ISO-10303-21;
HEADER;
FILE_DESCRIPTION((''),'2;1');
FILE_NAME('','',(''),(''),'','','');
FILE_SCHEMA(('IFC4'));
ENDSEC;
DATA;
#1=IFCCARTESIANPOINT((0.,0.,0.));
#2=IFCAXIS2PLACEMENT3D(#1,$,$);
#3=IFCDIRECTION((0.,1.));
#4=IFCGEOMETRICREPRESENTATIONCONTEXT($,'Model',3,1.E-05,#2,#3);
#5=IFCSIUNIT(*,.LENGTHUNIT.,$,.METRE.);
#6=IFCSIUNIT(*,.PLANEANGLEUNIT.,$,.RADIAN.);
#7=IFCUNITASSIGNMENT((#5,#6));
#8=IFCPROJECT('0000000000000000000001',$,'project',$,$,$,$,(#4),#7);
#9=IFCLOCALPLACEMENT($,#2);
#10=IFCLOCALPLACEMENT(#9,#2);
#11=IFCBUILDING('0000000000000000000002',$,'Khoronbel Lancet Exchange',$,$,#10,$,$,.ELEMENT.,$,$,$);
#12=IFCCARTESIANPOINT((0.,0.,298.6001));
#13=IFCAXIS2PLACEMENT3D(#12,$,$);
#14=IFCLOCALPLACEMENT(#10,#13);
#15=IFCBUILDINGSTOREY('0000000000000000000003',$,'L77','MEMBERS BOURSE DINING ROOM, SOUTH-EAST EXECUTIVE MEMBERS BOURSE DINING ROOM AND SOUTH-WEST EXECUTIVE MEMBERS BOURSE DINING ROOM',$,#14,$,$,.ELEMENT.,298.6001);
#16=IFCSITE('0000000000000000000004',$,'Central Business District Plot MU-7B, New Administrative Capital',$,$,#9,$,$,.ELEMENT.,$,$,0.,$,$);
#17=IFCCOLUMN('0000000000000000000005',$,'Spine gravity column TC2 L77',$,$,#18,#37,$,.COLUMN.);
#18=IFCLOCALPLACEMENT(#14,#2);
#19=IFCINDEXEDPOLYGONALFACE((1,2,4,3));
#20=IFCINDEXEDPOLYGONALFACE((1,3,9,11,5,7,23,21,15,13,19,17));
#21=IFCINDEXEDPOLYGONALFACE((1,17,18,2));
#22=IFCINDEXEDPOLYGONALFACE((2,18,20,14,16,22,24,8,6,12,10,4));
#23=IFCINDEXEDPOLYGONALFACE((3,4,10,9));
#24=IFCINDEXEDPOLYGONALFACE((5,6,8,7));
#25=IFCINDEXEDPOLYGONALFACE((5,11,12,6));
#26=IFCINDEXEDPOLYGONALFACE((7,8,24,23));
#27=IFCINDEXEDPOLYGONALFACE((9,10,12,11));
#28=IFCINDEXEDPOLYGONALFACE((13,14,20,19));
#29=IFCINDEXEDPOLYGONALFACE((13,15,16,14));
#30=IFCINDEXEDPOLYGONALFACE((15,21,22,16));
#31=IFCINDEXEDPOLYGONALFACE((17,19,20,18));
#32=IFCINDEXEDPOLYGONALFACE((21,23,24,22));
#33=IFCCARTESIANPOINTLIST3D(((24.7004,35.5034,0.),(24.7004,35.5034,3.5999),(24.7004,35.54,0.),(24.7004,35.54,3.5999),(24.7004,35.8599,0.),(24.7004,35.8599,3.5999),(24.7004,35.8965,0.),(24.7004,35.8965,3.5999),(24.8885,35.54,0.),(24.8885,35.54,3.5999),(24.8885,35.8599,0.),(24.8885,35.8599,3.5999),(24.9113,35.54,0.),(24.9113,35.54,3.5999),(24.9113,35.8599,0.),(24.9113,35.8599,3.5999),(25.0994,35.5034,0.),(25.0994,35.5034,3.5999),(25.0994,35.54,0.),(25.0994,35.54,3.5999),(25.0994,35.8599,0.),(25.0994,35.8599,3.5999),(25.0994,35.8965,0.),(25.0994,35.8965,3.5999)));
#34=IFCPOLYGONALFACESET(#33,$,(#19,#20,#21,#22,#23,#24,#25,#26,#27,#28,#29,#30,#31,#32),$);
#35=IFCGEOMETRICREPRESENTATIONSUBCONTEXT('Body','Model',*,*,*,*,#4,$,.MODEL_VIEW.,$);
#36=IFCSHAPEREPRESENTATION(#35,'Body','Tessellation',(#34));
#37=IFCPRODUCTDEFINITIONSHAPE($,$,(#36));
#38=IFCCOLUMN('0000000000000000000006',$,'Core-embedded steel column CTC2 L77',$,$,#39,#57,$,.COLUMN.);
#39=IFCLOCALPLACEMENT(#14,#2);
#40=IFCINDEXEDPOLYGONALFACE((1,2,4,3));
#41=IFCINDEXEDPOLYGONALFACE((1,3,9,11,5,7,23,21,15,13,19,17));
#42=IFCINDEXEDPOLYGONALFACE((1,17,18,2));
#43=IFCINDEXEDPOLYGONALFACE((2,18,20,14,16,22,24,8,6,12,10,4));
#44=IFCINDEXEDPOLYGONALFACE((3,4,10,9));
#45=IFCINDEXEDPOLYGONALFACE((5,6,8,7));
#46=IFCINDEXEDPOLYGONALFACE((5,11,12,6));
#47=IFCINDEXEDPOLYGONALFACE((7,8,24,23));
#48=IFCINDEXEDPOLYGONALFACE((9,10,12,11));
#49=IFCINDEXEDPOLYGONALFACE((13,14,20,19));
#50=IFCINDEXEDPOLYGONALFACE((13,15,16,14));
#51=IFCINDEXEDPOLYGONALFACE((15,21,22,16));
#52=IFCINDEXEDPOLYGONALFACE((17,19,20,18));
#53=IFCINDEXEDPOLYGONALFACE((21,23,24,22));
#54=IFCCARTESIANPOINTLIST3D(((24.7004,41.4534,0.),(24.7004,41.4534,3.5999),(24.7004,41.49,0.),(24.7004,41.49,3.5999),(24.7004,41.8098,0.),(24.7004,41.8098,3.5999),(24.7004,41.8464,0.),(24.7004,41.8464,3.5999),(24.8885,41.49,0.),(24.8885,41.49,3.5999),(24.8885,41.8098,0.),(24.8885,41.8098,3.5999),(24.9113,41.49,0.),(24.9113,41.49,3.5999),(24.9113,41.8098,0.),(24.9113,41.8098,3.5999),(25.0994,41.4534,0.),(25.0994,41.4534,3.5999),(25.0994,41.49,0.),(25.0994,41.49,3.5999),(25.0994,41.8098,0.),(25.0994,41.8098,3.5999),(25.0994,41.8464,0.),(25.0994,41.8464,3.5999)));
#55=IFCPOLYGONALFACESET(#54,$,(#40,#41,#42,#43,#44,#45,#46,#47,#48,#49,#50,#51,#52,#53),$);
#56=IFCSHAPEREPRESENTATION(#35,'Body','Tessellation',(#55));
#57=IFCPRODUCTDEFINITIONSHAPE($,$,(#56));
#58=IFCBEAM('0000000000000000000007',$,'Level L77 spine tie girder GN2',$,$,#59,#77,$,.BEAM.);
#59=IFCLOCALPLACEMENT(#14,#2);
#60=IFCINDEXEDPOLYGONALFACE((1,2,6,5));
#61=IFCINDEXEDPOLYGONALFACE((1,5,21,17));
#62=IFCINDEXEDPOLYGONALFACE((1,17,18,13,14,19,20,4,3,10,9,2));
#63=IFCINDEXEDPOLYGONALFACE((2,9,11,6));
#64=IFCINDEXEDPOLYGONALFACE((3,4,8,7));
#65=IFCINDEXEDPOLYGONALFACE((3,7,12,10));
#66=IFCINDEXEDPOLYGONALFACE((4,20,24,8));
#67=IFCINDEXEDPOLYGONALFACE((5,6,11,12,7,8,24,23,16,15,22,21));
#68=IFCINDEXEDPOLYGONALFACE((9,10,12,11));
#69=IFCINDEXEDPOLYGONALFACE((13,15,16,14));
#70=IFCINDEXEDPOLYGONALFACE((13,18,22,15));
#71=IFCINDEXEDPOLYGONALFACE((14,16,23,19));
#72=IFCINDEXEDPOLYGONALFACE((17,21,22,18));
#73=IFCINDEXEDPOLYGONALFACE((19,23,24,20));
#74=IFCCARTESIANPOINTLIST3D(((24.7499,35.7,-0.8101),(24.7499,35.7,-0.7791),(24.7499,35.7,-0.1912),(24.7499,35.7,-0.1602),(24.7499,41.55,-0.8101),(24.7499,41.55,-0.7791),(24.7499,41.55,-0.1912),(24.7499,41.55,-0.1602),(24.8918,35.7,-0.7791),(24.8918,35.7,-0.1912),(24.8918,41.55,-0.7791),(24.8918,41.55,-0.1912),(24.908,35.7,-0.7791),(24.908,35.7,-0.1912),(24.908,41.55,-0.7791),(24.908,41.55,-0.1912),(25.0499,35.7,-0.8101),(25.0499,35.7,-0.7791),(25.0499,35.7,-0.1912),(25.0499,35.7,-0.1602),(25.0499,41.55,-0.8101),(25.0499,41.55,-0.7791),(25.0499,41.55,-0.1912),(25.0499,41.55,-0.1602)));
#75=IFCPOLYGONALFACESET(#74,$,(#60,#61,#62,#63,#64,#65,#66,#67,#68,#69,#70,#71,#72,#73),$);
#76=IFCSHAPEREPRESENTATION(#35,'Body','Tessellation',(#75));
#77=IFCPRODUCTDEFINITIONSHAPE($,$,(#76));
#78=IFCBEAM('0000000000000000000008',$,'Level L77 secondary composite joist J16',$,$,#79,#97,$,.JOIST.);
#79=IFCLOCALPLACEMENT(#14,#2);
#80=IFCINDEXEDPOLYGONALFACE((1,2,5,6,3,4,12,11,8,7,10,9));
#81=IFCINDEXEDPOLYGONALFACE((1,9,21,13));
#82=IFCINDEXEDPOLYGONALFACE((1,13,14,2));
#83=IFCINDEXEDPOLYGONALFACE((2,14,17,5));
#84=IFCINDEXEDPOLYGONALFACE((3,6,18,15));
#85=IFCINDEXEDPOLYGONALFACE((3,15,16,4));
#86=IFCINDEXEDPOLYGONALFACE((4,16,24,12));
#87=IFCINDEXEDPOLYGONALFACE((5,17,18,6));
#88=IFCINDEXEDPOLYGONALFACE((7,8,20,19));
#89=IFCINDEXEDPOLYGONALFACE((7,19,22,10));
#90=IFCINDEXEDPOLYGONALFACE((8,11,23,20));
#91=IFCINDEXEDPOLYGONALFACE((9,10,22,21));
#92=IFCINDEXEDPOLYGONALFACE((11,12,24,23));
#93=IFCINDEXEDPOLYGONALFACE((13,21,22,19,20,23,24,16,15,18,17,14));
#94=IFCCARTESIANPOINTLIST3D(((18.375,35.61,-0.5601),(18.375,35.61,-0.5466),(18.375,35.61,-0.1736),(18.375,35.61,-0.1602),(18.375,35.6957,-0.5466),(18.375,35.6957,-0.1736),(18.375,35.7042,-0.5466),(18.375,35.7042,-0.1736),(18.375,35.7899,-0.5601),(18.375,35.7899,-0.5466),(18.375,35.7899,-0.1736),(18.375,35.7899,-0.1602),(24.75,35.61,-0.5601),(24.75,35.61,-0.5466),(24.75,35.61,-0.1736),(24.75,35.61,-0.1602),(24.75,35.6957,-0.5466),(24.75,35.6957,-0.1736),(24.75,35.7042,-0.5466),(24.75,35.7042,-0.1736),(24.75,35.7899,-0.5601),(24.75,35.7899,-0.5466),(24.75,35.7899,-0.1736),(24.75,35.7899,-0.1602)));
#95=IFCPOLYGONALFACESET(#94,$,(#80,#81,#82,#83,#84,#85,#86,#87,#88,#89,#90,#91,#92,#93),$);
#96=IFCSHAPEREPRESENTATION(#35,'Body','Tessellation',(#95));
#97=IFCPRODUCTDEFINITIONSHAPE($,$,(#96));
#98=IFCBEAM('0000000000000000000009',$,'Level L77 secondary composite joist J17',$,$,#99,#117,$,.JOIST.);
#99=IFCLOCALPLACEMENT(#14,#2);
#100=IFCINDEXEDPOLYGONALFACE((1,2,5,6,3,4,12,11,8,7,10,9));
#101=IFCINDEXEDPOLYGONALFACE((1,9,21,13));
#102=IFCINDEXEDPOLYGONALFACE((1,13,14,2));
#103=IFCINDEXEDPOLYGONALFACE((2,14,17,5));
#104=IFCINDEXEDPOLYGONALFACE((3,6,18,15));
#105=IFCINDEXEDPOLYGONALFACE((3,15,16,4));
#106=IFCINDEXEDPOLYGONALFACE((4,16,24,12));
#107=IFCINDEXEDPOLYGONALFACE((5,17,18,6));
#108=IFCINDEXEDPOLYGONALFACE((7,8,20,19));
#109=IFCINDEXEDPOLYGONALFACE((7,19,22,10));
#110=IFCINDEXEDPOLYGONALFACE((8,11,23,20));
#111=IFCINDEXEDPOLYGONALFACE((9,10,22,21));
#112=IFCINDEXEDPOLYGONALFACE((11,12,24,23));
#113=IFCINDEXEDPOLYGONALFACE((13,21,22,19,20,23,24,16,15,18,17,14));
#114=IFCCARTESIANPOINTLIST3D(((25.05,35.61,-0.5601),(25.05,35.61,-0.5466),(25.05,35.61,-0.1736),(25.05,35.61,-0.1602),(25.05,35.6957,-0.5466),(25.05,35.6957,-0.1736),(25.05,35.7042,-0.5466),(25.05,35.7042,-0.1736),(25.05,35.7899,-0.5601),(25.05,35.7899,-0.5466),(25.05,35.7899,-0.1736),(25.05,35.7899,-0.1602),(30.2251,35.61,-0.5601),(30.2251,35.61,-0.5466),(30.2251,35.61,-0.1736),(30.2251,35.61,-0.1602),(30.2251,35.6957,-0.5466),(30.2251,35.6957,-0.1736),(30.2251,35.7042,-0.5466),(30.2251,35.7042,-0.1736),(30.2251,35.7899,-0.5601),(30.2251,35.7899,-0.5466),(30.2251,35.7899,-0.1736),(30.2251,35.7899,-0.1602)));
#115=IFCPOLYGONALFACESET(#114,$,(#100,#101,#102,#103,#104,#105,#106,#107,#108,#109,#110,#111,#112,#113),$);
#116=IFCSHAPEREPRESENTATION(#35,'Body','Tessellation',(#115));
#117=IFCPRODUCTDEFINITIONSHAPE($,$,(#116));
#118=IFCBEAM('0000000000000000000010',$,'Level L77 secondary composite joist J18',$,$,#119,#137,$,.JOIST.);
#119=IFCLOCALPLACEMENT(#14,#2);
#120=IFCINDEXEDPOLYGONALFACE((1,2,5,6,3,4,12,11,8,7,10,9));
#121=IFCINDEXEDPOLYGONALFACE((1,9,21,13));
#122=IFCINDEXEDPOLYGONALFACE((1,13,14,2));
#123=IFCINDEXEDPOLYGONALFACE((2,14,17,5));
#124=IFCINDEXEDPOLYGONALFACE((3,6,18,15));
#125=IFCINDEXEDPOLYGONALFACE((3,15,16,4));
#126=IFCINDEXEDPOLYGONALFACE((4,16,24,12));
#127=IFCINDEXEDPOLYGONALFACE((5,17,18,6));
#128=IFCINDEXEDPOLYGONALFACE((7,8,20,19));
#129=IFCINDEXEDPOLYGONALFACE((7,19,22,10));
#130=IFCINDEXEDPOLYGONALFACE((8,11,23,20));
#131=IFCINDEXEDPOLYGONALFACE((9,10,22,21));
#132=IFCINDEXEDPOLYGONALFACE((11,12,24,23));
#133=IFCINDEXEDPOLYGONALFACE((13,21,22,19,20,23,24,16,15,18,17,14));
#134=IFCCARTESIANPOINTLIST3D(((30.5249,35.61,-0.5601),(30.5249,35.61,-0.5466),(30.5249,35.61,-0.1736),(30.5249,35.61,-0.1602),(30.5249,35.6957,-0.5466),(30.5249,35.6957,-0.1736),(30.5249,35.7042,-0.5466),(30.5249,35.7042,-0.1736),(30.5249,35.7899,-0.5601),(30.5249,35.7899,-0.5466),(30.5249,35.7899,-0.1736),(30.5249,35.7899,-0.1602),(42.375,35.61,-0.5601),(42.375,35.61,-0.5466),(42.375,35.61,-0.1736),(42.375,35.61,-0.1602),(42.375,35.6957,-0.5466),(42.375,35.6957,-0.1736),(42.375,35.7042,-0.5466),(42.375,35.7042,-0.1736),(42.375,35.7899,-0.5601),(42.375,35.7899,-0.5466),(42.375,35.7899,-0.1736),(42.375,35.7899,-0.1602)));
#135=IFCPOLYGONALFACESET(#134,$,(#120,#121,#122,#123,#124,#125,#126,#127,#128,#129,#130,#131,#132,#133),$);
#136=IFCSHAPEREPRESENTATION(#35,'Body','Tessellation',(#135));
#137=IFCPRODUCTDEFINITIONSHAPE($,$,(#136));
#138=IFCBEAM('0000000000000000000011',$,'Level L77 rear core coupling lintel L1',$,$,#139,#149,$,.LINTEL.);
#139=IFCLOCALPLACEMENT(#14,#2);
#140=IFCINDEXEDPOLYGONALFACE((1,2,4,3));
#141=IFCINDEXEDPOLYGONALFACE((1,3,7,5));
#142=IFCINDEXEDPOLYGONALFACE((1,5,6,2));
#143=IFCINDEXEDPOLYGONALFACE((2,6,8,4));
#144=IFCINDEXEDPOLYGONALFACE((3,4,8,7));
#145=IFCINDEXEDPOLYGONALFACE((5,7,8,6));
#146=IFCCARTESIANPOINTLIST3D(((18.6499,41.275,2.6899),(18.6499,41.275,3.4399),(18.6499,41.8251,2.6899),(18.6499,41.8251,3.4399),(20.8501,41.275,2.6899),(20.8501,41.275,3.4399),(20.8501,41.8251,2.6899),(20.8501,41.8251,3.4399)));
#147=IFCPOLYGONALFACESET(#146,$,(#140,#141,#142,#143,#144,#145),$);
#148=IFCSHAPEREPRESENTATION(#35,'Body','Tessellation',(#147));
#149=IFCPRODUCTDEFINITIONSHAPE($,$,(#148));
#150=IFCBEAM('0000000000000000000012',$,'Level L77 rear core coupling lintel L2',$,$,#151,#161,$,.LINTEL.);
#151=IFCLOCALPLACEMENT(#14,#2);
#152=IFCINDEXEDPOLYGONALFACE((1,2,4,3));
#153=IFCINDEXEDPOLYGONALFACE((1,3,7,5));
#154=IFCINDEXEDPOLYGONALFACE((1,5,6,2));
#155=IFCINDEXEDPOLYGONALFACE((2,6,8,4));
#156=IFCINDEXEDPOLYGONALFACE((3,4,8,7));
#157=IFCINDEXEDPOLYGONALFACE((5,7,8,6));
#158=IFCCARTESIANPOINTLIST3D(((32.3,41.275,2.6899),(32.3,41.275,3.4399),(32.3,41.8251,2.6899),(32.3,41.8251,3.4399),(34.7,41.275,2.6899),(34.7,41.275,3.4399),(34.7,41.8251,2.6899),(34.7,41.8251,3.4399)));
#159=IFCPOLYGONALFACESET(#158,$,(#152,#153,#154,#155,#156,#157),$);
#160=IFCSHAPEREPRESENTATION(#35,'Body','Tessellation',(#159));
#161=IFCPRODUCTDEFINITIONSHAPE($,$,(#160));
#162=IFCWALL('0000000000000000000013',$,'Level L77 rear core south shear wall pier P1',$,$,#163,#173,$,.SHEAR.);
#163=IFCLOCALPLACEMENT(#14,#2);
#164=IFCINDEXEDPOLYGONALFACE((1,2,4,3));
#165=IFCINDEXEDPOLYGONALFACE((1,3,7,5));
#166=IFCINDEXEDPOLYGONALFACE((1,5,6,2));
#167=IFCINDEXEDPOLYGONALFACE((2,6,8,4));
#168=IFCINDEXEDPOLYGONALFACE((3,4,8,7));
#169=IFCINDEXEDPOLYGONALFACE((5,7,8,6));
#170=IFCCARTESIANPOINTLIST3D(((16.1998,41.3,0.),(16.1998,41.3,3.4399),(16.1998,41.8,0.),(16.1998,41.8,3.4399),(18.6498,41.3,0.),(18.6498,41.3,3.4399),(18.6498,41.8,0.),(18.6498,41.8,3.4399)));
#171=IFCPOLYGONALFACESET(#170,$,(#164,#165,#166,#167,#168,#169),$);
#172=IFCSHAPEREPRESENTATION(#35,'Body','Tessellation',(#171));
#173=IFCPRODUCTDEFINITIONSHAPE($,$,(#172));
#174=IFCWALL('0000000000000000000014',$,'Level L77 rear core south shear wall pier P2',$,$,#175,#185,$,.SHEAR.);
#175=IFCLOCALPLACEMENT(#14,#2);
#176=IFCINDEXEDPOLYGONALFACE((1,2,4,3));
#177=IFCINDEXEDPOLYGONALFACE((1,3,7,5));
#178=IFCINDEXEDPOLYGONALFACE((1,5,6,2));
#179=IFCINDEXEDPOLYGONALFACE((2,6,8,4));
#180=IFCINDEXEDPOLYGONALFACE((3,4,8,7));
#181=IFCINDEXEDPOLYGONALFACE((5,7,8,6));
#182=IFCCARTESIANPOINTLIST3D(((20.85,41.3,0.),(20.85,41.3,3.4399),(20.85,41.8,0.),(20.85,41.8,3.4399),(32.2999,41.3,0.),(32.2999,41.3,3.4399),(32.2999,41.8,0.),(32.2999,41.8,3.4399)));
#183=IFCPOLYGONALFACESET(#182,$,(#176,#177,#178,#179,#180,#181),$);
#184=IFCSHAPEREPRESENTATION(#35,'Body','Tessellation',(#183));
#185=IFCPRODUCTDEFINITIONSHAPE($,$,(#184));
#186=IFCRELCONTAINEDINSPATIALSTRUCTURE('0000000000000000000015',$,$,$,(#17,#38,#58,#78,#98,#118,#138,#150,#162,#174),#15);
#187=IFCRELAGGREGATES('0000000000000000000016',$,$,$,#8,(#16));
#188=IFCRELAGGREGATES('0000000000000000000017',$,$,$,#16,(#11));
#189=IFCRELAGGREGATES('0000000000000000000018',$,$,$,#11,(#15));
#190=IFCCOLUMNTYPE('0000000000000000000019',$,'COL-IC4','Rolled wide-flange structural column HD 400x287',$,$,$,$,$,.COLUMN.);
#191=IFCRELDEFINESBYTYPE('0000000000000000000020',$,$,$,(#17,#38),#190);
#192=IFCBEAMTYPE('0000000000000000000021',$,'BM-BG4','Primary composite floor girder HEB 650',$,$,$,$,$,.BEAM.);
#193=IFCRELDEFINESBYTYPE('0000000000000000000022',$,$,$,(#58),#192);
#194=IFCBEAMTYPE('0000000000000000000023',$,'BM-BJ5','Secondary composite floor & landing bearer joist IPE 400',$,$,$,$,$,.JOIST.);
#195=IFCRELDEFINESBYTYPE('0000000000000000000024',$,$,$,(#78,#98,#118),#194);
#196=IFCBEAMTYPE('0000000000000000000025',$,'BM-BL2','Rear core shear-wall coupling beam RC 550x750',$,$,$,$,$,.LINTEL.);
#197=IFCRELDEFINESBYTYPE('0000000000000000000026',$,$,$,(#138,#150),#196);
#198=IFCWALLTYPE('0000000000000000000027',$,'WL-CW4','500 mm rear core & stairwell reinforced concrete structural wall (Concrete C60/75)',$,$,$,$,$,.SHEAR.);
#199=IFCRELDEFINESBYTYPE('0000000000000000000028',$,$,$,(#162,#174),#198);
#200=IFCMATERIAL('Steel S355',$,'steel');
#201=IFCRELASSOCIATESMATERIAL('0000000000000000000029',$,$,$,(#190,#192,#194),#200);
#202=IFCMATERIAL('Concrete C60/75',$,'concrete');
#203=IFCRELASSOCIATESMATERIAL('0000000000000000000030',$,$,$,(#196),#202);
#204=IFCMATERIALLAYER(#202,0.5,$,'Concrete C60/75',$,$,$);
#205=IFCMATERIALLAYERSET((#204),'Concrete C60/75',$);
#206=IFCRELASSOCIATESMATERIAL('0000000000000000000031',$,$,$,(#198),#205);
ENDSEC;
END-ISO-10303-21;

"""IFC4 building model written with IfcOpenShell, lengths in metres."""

from ifc_helpers import new_model, si_unit, direction, frame, frame_2d, origin, origin_2d, place, context, subcontext, project, spatial, rectangle, i_section, extrude, material, layer, layer_set, material_profile, profile_set, type_object, element, save


model = new_model("IFC4")

# Units and contexts
model_context = context("Model", 3, precision=1e-05, world=origin(), true_north=direction((0.0, 1.0)))
body_context = subcontext(model_context, "Body", "Model", "MODEL_VIEW")
ifc_project = project(units=[si_unit("LENGTHUNIT", "METRE"), si_unit("PLANEANGLEUNIT", "RADIAN")], contexts=[model_context])

# Site, building, storey
site_placement = place(None, origin())
site = spatial("IfcSite", under=ifc_project, at=site_placement, Name="Central Business District Plot MU-7B, New Administrative Capital", CompositionType="ELEMENT", RefElevation=0.0)
building_placement = place(site_placement, origin())
building = spatial("IfcBuilding", under=site, at=building_placement, Name="Khoronbel Lancet Exchange", CompositionType="ELEMENT")
storey_placement = place(building_placement, frame((0.0, 0.0, 298.6001)))
storey = spatial("IfcBuildingStorey", under=building, at=storey_placement, Name="L77", Description="MEMBERS BOURSE DINING ROOM, SOUTH-EAST EXECUTIVE MEMBERS BOURSE DINING ROOM AND SOUTH-WEST EXECUTIVE MEMBERS BOURSE DINING ROOM", CompositionType="ELEMENT", Elevation=298.6001)

# Columns
ifc_material_1 = material(Name="Steel S355", Category="steel")
ifc_material_profile_1 = material_profile(ifc_material_1, i_section(OverallWidth=0.3989, OverallDepth=0.3931, WebThickness=0.0227, FlangeThickness=0.0366, at=origin_2d()), Name="HD 400x287")
ifc_profile_set_1 = profile_set([ifc_material_profile_1], Name="Steel S355")
column_type = type_object("IfcColumnType", Name="COL-IC4", Description="Rolled wide-flange structural column HD 400x287", PredefinedType="COLUMN", material=ifc_profile_set_1)
for number, where, z_axis, x_axis, name in (
    (1, (24.8999, 35.7, 0.0), (0.0, 0.0, 1.0), (1.0, 0.0, 0.0), "Spine gravity column TC2 L77"),
    (2, (24.8999, 41.6499, 0.0), (0.0, 0.0, 1.0), (1.0, 0.0, 0.0), "Core-embedded steel column CTC2 L77"),
):
    element("IfcColumn", number, at=place(storey_placement, frame(where, z_axis=z_axis, x_axis=x_axis)), inside=storey, type_object=column_type, Name=name, PredefinedType="COLUMN", context=body_context, shape_type="SweptSolid", body=[
        extrude(i_section(OverallWidth=0.3989, OverallDepth=0.3931, WebThickness=0.0227, FlangeThickness=0.0366, at=origin_2d()), origin(), (0.0, 0.0, 1.0), 3.5999),
    ])

# Beams
ifc_material_profile_2 = material_profile(ifc_material_1, i_section(OverallWidth=0.3, OverallDepth=0.6499, WebThickness=0.0161, FlangeThickness=0.031, at=origin_2d()), Name="HEB 650")
ifc_profile_set_2 = profile_set([ifc_material_profile_2], Name="Steel S355")
beam_type_1 = type_object("IfcBeamType", Name="BM-BG4", Description="Primary composite floor girder HEB 650", PredefinedType="BEAM", material=ifc_profile_set_2)
beam_1_placement = place(storey_placement, frame((24.8999, 35.7, -0.4851), z_axis=(0.0, 1.0, 0.0), x_axis=(-1.0, 0.0, 0.0)))
element("IfcBeam", 3, at=beam_1_placement, inside=storey, type_object=beam_type_1, Name="Level L77 spine tie girder GN2", PredefinedType="BEAM", context=body_context, shape_type="SweptSolid", body=[
    extrude(i_section(OverallWidth=0.3, OverallDepth=0.6499, WebThickness=0.0161, FlangeThickness=0.031, at=origin_2d()), origin(), (0.0, 0.0, 1.0), 5.8501),
])
ifc_material_profile_3 = material_profile(ifc_material_1, i_section(OverallWidth=0.1799, OverallDepth=0.3999, WebThickness=0.0085, FlangeThickness=0.0134, at=origin_2d()), Name="IPE 400")
ifc_profile_set_3 = profile_set([ifc_material_profile_3], Name="Steel S355")
beam_type_2 = type_object("IfcBeamType", Name="BM-BJ5", Description="Secondary composite floor & landing bearer joist IPE 400", PredefinedType="JOIST", material=ifc_profile_set_3)
beam_2_placement = place(storey_placement, frame((18.375, 35.7, -0.3601), z_axis=(1.0, 0.0, 0.0), x_axis=(0.0, 1.0, 0.0)))
element("IfcBeam", 4, at=beam_2_placement, inside=storey, type_object=beam_type_2, Name="Level L77 secondary composite joist J16", PredefinedType="JOIST", context=body_context, shape_type="SweptSolid", body=[
    extrude(i_section(OverallWidth=0.1799, OverallDepth=0.3999, WebThickness=0.0085, FlangeThickness=0.0134, at=origin_2d()), origin(), (0.0, 0.0, 1.0), 6.375),
])
beam_3_placement = place(storey_placement, frame((25.05, 35.7, -0.3601), z_axis=(1.0, 0.0, 0.0), x_axis=(0.0, 1.0, 0.0)))
element("IfcBeam", 5, at=beam_3_placement, inside=storey, type_object=beam_type_2, Name="Level L77 secondary composite joist J17", PredefinedType="JOIST", context=body_context, shape_type="SweptSolid", body=[
    extrude(i_section(OverallWidth=0.1799, OverallDepth=0.3999, WebThickness=0.0085, FlangeThickness=0.0134, at=origin_2d()), origin(), (0.0, 0.0, 1.0), 5.175),
])
beam_4_placement = place(storey_placement, frame((30.5249, 35.7, -0.3601), z_axis=(1.0, 0.0, 0.0), x_axis=(0.0, 1.0, 0.0)))
element("IfcBeam", 6, at=beam_4_placement, inside=storey, type_object=beam_type_2, Name="Level L77 secondary composite joist J18", PredefinedType="JOIST", context=body_context, shape_type="SweptSolid", body=[
    extrude(i_section(OverallWidth=0.1799, OverallDepth=0.3999, WebThickness=0.0085, FlangeThickness=0.0134, at=origin_2d()), origin(), (0.0, 0.0, 1.0), 11.8501),
])
ifc_material_2 = material(Name="Concrete C60/75", Category="concrete")
ifc_material_profile_4 = material_profile(ifc_material_2, rectangle(XDim=0.55, YDim=0.75, at=origin_2d()), Name="RC 550x750")
ifc_profile_set_4 = profile_set([ifc_material_profile_4], Name="Concrete C60/75")
beam_type_3 = type_object("IfcBeamType", Name="BM-BL2", Description="Rear core shear-wall coupling beam RC 550x750", PredefinedType="LINTEL", material=ifc_profile_set_4)
beam_5_placement = place(storey_placement, frame((18.6499, 41.55, 3.0649), z_axis=(1.0, 0.0, 0.0), x_axis=(0.0, 1.0, 0.0)))
element("IfcBeam", 7, at=beam_5_placement, inside=storey, type_object=beam_type_3, Name="Level L77 rear core coupling lintel L1", PredefinedType="LINTEL", context=body_context, shape_type="SweptSolid", body=[
    extrude(rectangle(XDim=0.55, YDim=0.75, at=origin_2d()), origin(), (0.0, 0.0, 1.0), 2.2002),
])
beam_6_placement = place(storey_placement, frame((32.3, 41.55, 3.0649), z_axis=(1.0, 0.0, 0.0), x_axis=(0.0, 1.0, 0.0)))
element("IfcBeam", 8, at=beam_6_placement, inside=storey, type_object=beam_type_3, Name="Level L77 rear core coupling lintel L2", PredefinedType="LINTEL", context=body_context, shape_type="SweptSolid", body=[
    extrude(rectangle(XDim=0.55, YDim=0.75, at=origin_2d()), origin(), (0.0, 0.0, 1.0), 2.3999),
])

# Walls
ifc_layer_1 = layer(ifc_material_2, 0.5, Name="Concrete C60/75")
ifc_layer_set_1 = layer_set([ifc_layer_1], Name="Concrete C60/75")
wall_type_1 = type_object("IfcWallType", Name="WL-CW4", Description="500 mm rear core & stairwell reinforced concrete structural wall (Concrete C60/75)", PredefinedType="SHEAR", material=ifc_layer_set_1)
wall_1_placement = place(storey_placement, frame((18.6499, 41.55, 0.0), z_axis=(0.0, 0.0, 1.0), x_axis=(-1.0, 0.0, 0.0)))
element("IfcWall", 9, at=wall_1_placement, inside=storey, type_object=wall_type_1, Name="Level L77 rear core south shear wall pier P1", PredefinedType="SHEAR", context=body_context, shape_type="SweptSolid", body=[
    extrude(rectangle(XDim=2.45, YDim=0.5, at=frame_2d((1.2251, 0.0))), origin(), (0.0, 0.0, 1.0), 3.4399),
])
wall_2_placement = place(storey_placement, frame((32.3, 41.55, 0.0), z_axis=(0.0, 0.0, 1.0), x_axis=(-1.0, 0.0, 0.0)))
element("IfcWall", 10, at=wall_2_placement, inside=storey, type_object=wall_type_1, Name="Level L77 rear core south shear wall pier P2", PredefinedType="SHEAR", context=body_context, shape_type="SweptSolid", body=[
    extrude(rectangle(XDim=11.45, YDim=0.5, at=frame_2d((5.7251, 0.0))), origin(), (0.0, 0.0, 1.0), 3.4399),
])

save(model, "model.ifc")
